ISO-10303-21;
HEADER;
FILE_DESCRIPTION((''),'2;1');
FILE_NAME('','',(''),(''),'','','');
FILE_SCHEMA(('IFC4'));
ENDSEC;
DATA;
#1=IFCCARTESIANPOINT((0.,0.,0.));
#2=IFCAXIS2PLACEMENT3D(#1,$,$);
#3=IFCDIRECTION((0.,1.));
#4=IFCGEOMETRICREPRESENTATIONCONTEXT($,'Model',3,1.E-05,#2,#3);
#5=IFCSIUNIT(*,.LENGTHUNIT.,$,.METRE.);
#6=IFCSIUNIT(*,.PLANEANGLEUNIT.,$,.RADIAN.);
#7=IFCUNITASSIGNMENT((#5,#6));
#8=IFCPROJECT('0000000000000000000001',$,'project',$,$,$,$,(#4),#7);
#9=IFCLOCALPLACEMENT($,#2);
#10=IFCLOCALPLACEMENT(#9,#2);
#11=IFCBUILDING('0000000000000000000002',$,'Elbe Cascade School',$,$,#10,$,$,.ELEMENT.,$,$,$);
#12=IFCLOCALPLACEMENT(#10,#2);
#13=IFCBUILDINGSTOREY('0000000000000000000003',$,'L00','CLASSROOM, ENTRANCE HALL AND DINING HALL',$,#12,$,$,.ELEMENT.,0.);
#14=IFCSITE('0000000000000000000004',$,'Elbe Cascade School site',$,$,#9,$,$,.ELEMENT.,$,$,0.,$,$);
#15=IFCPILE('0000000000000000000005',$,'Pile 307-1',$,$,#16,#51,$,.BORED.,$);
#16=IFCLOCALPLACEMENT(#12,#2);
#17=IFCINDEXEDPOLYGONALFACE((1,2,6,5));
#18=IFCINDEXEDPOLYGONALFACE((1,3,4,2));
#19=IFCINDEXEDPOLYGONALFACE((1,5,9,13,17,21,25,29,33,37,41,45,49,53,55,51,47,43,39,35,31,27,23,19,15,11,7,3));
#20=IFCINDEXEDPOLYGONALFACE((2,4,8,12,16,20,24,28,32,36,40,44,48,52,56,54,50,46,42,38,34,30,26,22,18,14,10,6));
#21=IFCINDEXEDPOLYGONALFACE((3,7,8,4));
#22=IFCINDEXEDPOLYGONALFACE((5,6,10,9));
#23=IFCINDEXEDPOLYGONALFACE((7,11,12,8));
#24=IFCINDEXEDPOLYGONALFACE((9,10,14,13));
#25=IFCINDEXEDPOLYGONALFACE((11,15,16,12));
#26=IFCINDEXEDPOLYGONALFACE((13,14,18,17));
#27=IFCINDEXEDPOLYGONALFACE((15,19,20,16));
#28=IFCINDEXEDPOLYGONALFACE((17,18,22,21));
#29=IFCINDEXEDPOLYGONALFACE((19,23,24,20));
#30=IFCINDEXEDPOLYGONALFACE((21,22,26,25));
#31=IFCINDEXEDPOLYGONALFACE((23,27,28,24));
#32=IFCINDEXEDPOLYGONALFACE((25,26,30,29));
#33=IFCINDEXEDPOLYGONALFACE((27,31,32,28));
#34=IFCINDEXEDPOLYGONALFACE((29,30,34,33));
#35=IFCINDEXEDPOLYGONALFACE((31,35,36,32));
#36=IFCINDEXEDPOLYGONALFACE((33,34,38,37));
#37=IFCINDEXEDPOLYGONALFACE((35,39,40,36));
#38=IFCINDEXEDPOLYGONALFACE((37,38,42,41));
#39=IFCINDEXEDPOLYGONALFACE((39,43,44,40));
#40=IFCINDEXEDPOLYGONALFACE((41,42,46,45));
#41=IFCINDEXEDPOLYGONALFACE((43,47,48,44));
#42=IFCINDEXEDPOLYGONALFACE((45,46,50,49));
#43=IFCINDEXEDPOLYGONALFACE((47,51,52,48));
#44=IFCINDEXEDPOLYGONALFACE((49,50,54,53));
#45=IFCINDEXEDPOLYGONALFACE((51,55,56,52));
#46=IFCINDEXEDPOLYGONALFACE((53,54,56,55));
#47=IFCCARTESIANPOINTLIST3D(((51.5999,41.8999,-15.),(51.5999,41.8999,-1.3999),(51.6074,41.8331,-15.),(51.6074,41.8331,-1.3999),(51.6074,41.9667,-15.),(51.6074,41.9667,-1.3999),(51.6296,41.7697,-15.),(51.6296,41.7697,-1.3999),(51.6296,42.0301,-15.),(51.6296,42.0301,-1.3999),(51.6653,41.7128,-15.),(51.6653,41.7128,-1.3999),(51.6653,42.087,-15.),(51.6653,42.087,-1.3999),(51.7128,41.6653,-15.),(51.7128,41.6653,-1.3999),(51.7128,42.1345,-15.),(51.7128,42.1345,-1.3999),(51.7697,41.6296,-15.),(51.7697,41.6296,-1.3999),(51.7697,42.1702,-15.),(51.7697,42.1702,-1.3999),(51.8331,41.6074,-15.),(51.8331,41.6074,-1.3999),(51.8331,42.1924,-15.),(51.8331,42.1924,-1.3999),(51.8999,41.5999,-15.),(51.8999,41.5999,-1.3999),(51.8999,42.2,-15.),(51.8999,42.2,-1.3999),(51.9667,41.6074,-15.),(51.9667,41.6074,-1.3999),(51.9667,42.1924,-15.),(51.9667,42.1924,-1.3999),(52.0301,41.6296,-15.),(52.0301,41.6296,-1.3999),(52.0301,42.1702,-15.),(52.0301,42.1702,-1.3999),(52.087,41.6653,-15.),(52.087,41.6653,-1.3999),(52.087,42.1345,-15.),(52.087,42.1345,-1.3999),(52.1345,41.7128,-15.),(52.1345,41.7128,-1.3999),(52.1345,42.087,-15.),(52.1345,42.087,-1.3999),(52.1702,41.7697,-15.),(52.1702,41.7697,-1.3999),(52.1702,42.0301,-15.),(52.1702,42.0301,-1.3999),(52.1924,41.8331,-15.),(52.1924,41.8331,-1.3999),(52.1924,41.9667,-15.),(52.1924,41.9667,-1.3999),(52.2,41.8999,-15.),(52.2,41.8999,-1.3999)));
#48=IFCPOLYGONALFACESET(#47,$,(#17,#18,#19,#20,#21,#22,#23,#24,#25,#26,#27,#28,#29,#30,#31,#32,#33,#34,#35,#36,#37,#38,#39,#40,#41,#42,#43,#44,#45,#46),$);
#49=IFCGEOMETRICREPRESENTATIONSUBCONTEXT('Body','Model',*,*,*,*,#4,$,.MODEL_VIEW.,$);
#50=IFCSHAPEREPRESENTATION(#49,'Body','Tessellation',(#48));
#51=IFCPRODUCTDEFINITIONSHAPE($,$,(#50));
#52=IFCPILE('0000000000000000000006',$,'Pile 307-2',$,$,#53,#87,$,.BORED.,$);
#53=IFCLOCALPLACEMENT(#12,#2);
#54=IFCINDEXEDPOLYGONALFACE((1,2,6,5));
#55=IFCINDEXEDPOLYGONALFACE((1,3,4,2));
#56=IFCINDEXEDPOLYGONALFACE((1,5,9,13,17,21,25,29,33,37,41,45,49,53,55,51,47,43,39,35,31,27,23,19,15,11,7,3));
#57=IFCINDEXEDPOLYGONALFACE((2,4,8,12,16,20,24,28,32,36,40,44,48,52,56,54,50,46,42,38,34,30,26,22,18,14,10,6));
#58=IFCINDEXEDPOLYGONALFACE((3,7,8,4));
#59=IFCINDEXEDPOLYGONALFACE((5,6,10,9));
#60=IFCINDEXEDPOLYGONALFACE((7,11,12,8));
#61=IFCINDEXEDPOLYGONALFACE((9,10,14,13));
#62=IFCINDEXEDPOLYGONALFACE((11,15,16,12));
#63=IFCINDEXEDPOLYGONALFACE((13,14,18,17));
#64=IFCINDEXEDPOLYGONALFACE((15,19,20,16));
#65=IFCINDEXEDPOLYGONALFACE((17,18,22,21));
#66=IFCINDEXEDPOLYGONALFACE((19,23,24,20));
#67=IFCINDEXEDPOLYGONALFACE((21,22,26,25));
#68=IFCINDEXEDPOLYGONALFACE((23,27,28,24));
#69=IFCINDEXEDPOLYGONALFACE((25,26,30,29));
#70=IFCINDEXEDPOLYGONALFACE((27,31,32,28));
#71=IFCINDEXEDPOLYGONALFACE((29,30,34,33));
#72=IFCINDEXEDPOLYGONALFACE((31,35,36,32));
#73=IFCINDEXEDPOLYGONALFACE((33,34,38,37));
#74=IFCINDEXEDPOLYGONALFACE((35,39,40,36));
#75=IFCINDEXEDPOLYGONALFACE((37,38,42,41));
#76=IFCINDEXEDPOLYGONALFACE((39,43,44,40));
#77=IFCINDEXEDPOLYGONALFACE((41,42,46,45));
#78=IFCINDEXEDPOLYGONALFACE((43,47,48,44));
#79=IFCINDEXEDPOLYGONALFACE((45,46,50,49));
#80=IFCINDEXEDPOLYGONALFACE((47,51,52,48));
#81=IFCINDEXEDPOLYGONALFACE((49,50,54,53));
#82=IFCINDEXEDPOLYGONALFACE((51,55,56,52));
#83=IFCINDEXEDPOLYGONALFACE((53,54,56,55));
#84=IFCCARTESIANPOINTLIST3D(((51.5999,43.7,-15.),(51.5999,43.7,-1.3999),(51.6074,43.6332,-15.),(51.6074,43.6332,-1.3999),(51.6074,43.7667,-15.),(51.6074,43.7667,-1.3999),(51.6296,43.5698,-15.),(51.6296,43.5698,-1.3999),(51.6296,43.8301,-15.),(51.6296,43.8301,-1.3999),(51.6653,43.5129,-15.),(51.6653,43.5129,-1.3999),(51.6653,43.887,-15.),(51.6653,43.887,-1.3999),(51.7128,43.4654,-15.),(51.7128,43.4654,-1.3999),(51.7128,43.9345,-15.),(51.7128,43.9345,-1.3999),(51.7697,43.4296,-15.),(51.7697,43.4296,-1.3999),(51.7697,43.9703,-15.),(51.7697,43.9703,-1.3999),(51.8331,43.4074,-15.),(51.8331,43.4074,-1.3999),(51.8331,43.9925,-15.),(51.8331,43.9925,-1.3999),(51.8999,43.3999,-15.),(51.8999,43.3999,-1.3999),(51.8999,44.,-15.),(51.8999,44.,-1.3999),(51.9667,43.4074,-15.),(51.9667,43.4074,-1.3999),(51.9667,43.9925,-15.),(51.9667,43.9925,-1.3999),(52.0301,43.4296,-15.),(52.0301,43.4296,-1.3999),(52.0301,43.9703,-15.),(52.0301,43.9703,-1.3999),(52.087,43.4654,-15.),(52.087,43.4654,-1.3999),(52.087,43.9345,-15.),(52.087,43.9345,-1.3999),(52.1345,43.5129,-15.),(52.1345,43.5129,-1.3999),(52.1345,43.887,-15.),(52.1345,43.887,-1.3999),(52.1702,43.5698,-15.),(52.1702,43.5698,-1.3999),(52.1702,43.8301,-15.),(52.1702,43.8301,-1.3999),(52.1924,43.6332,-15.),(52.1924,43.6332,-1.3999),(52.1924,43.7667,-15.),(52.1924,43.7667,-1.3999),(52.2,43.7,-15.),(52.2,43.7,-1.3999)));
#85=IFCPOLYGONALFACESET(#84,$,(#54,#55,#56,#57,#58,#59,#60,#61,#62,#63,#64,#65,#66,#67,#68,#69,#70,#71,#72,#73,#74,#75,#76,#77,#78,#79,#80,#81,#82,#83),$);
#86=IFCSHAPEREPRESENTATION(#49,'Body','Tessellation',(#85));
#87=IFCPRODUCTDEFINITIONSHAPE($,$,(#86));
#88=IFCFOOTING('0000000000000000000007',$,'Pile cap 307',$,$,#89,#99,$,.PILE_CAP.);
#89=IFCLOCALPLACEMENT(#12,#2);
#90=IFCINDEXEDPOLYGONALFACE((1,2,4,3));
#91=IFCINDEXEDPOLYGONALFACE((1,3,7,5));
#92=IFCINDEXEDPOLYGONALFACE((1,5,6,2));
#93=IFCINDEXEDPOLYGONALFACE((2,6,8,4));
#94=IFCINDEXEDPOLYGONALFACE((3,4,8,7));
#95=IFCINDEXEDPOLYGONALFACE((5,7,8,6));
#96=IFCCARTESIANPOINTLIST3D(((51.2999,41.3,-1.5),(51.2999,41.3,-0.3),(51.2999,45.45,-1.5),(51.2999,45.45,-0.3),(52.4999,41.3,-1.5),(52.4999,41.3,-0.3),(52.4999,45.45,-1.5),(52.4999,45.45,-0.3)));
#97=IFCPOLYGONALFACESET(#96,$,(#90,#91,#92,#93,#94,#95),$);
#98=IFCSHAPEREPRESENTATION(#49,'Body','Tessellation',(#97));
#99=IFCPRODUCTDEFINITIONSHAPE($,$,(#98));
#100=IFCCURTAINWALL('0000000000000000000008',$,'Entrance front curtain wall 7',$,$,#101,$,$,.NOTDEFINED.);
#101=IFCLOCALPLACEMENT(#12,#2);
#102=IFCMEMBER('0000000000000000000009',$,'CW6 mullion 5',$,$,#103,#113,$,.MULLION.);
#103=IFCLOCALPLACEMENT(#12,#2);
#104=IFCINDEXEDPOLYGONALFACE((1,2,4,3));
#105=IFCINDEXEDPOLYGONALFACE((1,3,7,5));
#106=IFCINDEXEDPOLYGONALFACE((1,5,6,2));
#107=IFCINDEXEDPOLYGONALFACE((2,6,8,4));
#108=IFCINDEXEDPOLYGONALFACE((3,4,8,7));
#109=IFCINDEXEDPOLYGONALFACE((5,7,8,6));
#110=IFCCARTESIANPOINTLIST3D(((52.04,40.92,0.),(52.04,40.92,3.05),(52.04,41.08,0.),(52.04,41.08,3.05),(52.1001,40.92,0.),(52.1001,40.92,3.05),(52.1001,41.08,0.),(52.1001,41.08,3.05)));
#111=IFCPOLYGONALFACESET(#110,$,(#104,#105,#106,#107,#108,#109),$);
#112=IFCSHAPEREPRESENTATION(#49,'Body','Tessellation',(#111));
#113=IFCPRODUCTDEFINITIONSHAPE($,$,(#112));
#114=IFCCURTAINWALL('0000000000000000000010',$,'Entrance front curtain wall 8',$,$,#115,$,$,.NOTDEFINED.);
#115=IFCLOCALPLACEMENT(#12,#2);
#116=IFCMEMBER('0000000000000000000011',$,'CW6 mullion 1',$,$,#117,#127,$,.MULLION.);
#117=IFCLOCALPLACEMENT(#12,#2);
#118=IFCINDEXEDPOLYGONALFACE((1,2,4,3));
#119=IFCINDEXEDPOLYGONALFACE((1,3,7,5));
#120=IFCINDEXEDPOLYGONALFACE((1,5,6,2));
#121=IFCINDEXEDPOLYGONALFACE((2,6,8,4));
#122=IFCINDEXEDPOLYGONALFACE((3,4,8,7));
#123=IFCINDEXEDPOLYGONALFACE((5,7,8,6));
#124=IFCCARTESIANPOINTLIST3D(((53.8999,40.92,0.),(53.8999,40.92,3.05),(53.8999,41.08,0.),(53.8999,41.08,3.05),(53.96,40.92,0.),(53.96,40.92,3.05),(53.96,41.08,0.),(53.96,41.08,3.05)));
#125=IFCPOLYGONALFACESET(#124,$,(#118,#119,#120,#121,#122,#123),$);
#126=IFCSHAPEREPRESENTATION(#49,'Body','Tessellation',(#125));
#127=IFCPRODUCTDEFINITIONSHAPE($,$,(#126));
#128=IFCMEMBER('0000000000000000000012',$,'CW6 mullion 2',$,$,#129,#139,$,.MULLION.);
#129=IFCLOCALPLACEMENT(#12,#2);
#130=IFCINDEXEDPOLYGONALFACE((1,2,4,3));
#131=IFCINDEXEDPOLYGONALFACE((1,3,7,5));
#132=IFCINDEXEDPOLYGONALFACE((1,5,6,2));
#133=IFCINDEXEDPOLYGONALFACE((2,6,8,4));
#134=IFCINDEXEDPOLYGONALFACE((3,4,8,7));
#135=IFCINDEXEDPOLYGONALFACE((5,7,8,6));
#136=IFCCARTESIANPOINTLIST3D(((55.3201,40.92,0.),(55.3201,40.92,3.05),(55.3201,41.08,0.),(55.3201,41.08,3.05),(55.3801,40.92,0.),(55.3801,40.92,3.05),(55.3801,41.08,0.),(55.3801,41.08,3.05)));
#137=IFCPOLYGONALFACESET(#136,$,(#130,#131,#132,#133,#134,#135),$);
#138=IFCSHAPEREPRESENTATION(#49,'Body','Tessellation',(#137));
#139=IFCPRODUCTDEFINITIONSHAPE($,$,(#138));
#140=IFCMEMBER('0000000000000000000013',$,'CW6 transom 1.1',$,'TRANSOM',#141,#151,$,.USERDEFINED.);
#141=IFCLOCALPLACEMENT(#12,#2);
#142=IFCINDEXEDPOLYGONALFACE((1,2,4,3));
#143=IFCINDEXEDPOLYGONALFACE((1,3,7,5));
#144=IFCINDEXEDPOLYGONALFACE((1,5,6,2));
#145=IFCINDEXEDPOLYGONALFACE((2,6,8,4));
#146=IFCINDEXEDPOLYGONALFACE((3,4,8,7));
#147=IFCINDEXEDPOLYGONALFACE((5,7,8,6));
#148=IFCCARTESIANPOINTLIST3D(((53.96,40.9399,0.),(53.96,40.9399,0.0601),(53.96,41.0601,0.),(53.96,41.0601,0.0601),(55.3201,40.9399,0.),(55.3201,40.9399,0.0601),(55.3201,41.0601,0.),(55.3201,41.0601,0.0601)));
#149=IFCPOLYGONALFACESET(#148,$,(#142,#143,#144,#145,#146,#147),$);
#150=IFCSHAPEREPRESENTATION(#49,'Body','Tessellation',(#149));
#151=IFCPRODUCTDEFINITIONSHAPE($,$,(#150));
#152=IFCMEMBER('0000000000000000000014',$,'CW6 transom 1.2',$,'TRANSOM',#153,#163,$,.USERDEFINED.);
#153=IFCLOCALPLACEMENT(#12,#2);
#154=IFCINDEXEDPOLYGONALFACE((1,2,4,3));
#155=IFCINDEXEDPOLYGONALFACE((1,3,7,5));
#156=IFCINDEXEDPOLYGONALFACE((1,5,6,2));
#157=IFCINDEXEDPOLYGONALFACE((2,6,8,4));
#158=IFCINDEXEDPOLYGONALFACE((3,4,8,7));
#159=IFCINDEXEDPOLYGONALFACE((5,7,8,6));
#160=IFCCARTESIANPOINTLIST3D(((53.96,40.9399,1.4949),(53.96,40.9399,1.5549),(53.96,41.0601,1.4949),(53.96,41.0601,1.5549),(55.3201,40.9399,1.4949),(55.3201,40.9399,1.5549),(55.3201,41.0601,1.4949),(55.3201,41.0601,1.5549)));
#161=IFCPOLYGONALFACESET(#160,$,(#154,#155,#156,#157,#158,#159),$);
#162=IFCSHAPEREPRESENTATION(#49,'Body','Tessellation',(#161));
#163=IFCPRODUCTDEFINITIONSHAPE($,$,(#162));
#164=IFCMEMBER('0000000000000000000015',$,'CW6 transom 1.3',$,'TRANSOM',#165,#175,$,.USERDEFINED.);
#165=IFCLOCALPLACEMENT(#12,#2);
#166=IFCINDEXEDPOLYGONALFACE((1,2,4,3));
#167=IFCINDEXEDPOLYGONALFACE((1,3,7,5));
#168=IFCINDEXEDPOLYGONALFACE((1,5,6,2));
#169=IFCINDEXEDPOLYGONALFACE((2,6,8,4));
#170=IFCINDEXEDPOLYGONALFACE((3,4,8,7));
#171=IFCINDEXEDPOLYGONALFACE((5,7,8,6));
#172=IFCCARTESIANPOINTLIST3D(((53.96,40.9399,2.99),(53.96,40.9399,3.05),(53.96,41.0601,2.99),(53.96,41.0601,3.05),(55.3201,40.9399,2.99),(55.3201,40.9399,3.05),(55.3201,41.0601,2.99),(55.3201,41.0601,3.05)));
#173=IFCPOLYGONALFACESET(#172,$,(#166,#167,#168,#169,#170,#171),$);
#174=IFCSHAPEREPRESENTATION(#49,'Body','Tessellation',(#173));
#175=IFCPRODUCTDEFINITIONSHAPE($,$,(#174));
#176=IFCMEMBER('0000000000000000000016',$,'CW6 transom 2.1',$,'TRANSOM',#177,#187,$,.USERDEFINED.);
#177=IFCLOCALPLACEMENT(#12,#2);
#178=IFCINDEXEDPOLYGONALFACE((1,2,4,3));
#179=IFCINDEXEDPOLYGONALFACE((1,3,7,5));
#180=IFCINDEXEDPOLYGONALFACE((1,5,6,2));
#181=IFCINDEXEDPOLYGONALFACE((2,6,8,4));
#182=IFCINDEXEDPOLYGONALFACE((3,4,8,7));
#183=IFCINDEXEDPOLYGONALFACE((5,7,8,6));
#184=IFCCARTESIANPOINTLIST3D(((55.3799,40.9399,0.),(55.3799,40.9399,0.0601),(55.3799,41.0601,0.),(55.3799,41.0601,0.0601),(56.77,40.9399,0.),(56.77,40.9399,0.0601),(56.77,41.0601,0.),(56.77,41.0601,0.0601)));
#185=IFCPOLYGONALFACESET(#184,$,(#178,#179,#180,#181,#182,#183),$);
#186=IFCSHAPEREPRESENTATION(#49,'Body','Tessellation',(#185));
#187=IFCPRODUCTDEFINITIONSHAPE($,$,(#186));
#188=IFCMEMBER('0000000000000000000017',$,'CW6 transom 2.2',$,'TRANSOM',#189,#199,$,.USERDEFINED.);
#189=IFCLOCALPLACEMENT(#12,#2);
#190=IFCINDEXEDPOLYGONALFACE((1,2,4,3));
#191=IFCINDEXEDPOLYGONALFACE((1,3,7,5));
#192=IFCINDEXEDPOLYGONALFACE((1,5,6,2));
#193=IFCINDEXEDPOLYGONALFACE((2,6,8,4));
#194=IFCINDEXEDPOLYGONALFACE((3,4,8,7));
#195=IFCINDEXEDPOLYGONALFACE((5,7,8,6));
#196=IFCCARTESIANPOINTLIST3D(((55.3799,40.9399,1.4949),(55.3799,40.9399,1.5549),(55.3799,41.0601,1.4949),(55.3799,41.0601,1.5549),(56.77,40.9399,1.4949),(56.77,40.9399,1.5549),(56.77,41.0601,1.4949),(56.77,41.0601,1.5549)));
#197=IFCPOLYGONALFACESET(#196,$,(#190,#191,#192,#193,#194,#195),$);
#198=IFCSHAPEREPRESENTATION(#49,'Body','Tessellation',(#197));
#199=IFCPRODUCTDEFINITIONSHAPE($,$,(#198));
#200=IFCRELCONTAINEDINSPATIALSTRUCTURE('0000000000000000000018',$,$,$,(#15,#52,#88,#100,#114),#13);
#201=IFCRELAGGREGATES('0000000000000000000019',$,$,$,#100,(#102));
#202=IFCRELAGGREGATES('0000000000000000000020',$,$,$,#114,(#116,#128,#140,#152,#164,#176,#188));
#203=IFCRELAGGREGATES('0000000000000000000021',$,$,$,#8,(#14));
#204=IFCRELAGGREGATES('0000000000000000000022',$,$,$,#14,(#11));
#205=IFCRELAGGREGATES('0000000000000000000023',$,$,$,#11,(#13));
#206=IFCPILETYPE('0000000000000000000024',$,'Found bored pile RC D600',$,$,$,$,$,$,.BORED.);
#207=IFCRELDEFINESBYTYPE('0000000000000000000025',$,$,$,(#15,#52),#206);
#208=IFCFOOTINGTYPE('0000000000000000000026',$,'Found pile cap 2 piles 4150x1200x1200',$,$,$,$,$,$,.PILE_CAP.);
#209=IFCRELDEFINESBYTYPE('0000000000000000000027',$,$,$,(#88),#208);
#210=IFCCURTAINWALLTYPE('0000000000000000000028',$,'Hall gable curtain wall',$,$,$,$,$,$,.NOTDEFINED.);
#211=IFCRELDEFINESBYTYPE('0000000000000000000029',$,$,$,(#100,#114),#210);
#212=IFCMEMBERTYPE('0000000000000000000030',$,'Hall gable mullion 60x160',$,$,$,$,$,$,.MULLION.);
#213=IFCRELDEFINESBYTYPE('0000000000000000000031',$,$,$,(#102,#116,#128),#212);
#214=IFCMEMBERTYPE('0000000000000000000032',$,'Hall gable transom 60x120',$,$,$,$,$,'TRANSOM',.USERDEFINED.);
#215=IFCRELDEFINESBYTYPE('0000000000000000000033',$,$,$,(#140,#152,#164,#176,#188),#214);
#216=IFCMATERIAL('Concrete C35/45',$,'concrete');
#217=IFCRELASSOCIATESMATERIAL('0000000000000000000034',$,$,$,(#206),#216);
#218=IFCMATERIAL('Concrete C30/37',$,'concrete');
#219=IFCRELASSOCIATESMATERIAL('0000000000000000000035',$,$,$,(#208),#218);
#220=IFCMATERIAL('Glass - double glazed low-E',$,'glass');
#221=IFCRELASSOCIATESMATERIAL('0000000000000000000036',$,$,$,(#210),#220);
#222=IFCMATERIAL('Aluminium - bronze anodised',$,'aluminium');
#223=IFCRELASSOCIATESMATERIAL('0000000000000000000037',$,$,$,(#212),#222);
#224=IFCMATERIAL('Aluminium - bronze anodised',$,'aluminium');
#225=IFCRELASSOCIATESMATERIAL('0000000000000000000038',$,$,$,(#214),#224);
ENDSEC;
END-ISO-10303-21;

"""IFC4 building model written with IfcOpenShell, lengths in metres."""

from ifc_helpers import new_model, si_unit, direction, frame, origin, origin_2d, place, context, subcontext, project, spatial, rectangle, circle, extrude, material, material_profile, profile_set, type_object, element, aggregate, save


model = new_model("IFC4")

# Units and contexts
model_context = context("Model", 3, precision=1e-05, world=origin(), true_north=direction((0.0, 1.0)))
body_context = subcontext(model_context, "Body", "Model", "MODEL_VIEW")
ifc_project = project(units=[si_unit("LENGTHUNIT", "METRE"), si_unit("PLANEANGLEUNIT", "RADIAN")], contexts=[model_context])

# Site, building, storey
site_placement = place(None, origin())
site = spatial("IfcSite", under=ifc_project, at=site_placement, Name="Elbe Cascade School site", CompositionType="ELEMENT", RefElevation=0.0)
building_placement = place(site_placement, origin())
building = spatial("IfcBuilding", under=site, at=building_placement, Name="Elbe Cascade School", CompositionType="ELEMENT")
storey_placement = place(building_placement, origin())
storey = spatial("IfcBuildingStorey", under=building, at=storey_placement, Name="L00", Description="CLASSROOM, ENTRANCE HALL AND DINING HALL", CompositionType="ELEMENT", Elevation=0.0)

# Piles
ifc_material_1 = material(Name="Concrete C35/45", Category="concrete")
ifc_material_profile_1 = material_profile(ifc_material_1, circle(Radius=0.3, at=origin_2d()), Name="RC D600")
ifc_profile_set_1 = profile_set([ifc_material_profile_1], Name="Concrete C35/45")
pile_type = type_object("IfcPileType", Name="Found bored pile RC D600", PredefinedType="BORED", material=ifc_profile_set_1)
for number, where, z_axis, x_axis, name in (
    (1, (51.8999, 41.8999, -1.3999), (0.0, 0.0, -1.0), (1.0, 0.0, 0.0), "Pile 307-1"),
    (2, (51.8999, 43.7, -1.3999), (0.0, 0.0, -1.0), (1.0, 0.0, 0.0), "Pile 307-2"),
):
    element("IfcPile", number, at=place(storey_placement, frame(where, z_axis=z_axis, x_axis=x_axis)), inside=storey, type_object=pile_type, Name=name, PredefinedType="BORED", context=body_context, shape_type="SweptSolid", body=[
        extrude(circle(Radius=0.3, at=origin_2d()), origin(), (0.0, 0.0, 1.0), 13.6001),
    ])

# Footing
ifc_material_2 = material(Name="Concrete C30/37", Category="concrete")
footing_type = type_object("IfcFootingType", Name="Found pile cap 2 piles 4150x1200x1200", PredefinedType="PILE_CAP", material=ifc_material_2)
footing_placement = place(storey_placement, frame((51.8999, 43.375, -1.5), z_axis=(0.0, 0.0, 1.0), x_axis=(1.0, 0.0, 0.0)))
element("IfcFooting", 3, at=footing_placement, inside=storey, type_object=footing_type, Name="Pile cap 307", PredefinedType="PILE_CAP", context=body_context, shape_type="SweptSolid", body=[
    extrude(rectangle(XDim=1.2, YDim=4.1499, at=origin_2d()), origin(), (0.0, 0.0, 1.0), 1.2),
])

# Curtain wall, member
ifc_material_3 = material(Name="Glass - double glazed low-E", Category="glass")
curtain_wall_type = type_object("IfcCurtainWallType", Name="Hall gable curtain wall", PredefinedType="NOTDEFINED", material=ifc_material_3)
curtain_wall_1_placement = place(storey_placement, origin())
curtain_wall_1 = element("IfcCurtainWall", 4, at=curtain_wall_1_placement, inside=storey, type_object=curtain_wall_type, Name="Entrance front curtain wall 7", PredefinedType="NOTDEFINED")
ifc_material_4 = material(Name="Aluminium - bronze anodised", Category="aluminium")
ifc_material_profile_2 = material_profile(ifc_material_4, rectangle(XDim=0.1599, YDim=0.0601, at=origin_2d()), Name="Alu 60x160")
ifc_profile_set_2 = profile_set([ifc_material_profile_2], Name="Aluminium - bronze anodised")
member_type_1 = type_object("IfcMemberType", Name="Hall gable mullion 60x160", PredefinedType="MULLION", material=ifc_profile_set_2)
member_1_placement = place(storey_placement, frame((52.0701, 41.0, 0.0), z_axis=(0.0, 0.0, 1.0), x_axis=(0.0, 1.0, 0.0)))
member_1 = element("IfcMember", 5, at=member_1_placement, type_object=member_type_1, Name="CW6 mullion 5", PredefinedType="MULLION", context=body_context, shape_type="SweptSolid", body=[
    extrude(rectangle(XDim=0.1599, YDim=0.0601, at=origin_2d()), origin(), (0.0, 0.0, 1.0), 3.05),
])

# Curtain wall, members
curtain_wall_2_placement = place(storey_placement, origin())
curtain_wall_2 = element("IfcCurtainWall", 6, at=curtain_wall_2_placement, inside=storey, type_object=curtain_wall_type, Name="Entrance front curtain wall 8", PredefinedType="NOTDEFINED")
member_2_placement = place(storey_placement, frame((53.9299, 41.0, 0.0), z_axis=(0.0, 0.0, 1.0), x_axis=(0.0, 1.0, 0.0)))
member_2 = element("IfcMember", 7, at=member_2_placement, type_object=member_type_1, Name="CW6 mullion 1", PredefinedType="MULLION", context=body_context, shape_type="SweptSolid", body=[
    extrude(rectangle(XDim=0.1599, YDim=0.0601, at=origin_2d()), origin(), (0.0, 0.0, 1.0), 3.05),
])
member_3_placement = place(storey_placement, frame((55.3501, 41.0, 0.0), z_axis=(0.0, 0.0, 1.0), x_axis=(0.0, 1.0, 0.0)))
member_3 = element("IfcMember", 8, at=member_3_placement, type_object=member_type_1, Name="CW6 mullion 2", PredefinedType="MULLION", context=body_context, shape_type="SweptSolid", body=[
    extrude(rectangle(XDim=0.1599, YDim=0.0601, at=origin_2d()), origin(), (0.0, 0.0, 1.0), 3.05),
])
ifc_material_5 = material(Name="Aluminium - bronze anodised", Category="aluminium")
ifc_material_profile_3 = material_profile(ifc_material_5, rectangle(XDim=0.1201, YDim=0.0601, at=origin_2d()), Name="Alu 60x120")
ifc_profile_set_3 = profile_set([ifc_material_profile_3], Name="Aluminium - bronze anodised")
member_type_2 = type_object("IfcMemberType", Name="Hall gable transom 60x120", ElementType="TRANSOM", PredefinedType="USERDEFINED", material=ifc_profile_set_3)
member_4_placement = place(storey_placement, frame((53.96, 41.0, 0.03), z_axis=(1.0, 0.0, 0.0), x_axis=(0.0, 1.0, 0.0)))
member_4 = element("IfcMember", 9, at=member_4_placement, type_object=member_type_2, Name="CW6 transom 1.1", ObjectType="TRANSOM", PredefinedType="USERDEFINED", context=body_context, shape_type="SweptSolid", body=[
    extrude(rectangle(XDim=0.1201, YDim=0.0601, at=origin_2d()), origin(), (0.0, 0.0, 1.0), 1.3601),
])
member_5_placement = place(storey_placement, frame((53.96, 41.0, 1.5249), z_axis=(1.0, 0.0, 0.0), x_axis=(0.0, 1.0, 0.0)))
member_5 = element("IfcMember", 10, at=member_5_placement, type_object=member_type_2, Name="CW6 transom 1.2", ObjectType="TRANSOM", PredefinedType="USERDEFINED", context=body_context, shape_type="SweptSolid", body=[
    extrude(rectangle(XDim=0.1201, YDim=0.0601, at=origin_2d()), origin(), (0.0, 0.0, 1.0), 1.3601),
])
member_6_placement = place(storey_placement, frame((53.96, 41.0, 3.02), z_axis=(1.0, 0.0, 0.0), x_axis=(0.0, 1.0, 0.0)))
member_6 = element("IfcMember", 11, at=member_6_placement, type_object=member_type_2, Name="CW6 transom 1.3", ObjectType="TRANSOM", PredefinedType="USERDEFINED", context=body_context, shape_type="SweptSolid", body=[
    extrude(rectangle(XDim=0.1201, YDim=0.0601, at=origin_2d()), origin(), (0.0, 0.0, 1.0), 1.3601),
])
member_7_placement = place(storey_placement, frame((55.3799, 41.0, 0.03), z_axis=(1.0, 0.0, 0.0), x_axis=(0.0, 1.0, 0.0)))
member_7 = element("IfcMember", 12, at=member_7_placement, type_object=member_type_2, Name="CW6 transom 2.1", ObjectType="TRANSOM", PredefinedType="USERDEFINED", context=body_context, shape_type="SweptSolid", body=[
    extrude(rectangle(XDim=0.1201, YDim=0.0601, at=origin_2d()), origin(), (0.0, 0.0, 1.0), 1.3901),
])
member_8_placement = place(storey_placement, frame((55.3799, 41.0, 1.5249), z_axis=(1.0, 0.0, 0.0), x_axis=(0.0, 1.0, 0.0)))
member_8 = element("IfcMember", 13, at=member_8_placement, type_object=member_type_2, Name="CW6 transom 2.2", ObjectType="TRANSOM", PredefinedType="USERDEFINED", context=body_context, shape_type="SweptSolid", body=[
    extrude(rectangle(XDim=0.1201, YDim=0.0601, at=origin_2d()), origin(), (0.0, 0.0, 1.0), 1.3901),
])

aggregate(curtain_wall_1, [member_1])
aggregate(curtain_wall_2, [member_2, member_3, member_4, member_5, member_6, member_7, member_8])

save(model, "model.ifc")
